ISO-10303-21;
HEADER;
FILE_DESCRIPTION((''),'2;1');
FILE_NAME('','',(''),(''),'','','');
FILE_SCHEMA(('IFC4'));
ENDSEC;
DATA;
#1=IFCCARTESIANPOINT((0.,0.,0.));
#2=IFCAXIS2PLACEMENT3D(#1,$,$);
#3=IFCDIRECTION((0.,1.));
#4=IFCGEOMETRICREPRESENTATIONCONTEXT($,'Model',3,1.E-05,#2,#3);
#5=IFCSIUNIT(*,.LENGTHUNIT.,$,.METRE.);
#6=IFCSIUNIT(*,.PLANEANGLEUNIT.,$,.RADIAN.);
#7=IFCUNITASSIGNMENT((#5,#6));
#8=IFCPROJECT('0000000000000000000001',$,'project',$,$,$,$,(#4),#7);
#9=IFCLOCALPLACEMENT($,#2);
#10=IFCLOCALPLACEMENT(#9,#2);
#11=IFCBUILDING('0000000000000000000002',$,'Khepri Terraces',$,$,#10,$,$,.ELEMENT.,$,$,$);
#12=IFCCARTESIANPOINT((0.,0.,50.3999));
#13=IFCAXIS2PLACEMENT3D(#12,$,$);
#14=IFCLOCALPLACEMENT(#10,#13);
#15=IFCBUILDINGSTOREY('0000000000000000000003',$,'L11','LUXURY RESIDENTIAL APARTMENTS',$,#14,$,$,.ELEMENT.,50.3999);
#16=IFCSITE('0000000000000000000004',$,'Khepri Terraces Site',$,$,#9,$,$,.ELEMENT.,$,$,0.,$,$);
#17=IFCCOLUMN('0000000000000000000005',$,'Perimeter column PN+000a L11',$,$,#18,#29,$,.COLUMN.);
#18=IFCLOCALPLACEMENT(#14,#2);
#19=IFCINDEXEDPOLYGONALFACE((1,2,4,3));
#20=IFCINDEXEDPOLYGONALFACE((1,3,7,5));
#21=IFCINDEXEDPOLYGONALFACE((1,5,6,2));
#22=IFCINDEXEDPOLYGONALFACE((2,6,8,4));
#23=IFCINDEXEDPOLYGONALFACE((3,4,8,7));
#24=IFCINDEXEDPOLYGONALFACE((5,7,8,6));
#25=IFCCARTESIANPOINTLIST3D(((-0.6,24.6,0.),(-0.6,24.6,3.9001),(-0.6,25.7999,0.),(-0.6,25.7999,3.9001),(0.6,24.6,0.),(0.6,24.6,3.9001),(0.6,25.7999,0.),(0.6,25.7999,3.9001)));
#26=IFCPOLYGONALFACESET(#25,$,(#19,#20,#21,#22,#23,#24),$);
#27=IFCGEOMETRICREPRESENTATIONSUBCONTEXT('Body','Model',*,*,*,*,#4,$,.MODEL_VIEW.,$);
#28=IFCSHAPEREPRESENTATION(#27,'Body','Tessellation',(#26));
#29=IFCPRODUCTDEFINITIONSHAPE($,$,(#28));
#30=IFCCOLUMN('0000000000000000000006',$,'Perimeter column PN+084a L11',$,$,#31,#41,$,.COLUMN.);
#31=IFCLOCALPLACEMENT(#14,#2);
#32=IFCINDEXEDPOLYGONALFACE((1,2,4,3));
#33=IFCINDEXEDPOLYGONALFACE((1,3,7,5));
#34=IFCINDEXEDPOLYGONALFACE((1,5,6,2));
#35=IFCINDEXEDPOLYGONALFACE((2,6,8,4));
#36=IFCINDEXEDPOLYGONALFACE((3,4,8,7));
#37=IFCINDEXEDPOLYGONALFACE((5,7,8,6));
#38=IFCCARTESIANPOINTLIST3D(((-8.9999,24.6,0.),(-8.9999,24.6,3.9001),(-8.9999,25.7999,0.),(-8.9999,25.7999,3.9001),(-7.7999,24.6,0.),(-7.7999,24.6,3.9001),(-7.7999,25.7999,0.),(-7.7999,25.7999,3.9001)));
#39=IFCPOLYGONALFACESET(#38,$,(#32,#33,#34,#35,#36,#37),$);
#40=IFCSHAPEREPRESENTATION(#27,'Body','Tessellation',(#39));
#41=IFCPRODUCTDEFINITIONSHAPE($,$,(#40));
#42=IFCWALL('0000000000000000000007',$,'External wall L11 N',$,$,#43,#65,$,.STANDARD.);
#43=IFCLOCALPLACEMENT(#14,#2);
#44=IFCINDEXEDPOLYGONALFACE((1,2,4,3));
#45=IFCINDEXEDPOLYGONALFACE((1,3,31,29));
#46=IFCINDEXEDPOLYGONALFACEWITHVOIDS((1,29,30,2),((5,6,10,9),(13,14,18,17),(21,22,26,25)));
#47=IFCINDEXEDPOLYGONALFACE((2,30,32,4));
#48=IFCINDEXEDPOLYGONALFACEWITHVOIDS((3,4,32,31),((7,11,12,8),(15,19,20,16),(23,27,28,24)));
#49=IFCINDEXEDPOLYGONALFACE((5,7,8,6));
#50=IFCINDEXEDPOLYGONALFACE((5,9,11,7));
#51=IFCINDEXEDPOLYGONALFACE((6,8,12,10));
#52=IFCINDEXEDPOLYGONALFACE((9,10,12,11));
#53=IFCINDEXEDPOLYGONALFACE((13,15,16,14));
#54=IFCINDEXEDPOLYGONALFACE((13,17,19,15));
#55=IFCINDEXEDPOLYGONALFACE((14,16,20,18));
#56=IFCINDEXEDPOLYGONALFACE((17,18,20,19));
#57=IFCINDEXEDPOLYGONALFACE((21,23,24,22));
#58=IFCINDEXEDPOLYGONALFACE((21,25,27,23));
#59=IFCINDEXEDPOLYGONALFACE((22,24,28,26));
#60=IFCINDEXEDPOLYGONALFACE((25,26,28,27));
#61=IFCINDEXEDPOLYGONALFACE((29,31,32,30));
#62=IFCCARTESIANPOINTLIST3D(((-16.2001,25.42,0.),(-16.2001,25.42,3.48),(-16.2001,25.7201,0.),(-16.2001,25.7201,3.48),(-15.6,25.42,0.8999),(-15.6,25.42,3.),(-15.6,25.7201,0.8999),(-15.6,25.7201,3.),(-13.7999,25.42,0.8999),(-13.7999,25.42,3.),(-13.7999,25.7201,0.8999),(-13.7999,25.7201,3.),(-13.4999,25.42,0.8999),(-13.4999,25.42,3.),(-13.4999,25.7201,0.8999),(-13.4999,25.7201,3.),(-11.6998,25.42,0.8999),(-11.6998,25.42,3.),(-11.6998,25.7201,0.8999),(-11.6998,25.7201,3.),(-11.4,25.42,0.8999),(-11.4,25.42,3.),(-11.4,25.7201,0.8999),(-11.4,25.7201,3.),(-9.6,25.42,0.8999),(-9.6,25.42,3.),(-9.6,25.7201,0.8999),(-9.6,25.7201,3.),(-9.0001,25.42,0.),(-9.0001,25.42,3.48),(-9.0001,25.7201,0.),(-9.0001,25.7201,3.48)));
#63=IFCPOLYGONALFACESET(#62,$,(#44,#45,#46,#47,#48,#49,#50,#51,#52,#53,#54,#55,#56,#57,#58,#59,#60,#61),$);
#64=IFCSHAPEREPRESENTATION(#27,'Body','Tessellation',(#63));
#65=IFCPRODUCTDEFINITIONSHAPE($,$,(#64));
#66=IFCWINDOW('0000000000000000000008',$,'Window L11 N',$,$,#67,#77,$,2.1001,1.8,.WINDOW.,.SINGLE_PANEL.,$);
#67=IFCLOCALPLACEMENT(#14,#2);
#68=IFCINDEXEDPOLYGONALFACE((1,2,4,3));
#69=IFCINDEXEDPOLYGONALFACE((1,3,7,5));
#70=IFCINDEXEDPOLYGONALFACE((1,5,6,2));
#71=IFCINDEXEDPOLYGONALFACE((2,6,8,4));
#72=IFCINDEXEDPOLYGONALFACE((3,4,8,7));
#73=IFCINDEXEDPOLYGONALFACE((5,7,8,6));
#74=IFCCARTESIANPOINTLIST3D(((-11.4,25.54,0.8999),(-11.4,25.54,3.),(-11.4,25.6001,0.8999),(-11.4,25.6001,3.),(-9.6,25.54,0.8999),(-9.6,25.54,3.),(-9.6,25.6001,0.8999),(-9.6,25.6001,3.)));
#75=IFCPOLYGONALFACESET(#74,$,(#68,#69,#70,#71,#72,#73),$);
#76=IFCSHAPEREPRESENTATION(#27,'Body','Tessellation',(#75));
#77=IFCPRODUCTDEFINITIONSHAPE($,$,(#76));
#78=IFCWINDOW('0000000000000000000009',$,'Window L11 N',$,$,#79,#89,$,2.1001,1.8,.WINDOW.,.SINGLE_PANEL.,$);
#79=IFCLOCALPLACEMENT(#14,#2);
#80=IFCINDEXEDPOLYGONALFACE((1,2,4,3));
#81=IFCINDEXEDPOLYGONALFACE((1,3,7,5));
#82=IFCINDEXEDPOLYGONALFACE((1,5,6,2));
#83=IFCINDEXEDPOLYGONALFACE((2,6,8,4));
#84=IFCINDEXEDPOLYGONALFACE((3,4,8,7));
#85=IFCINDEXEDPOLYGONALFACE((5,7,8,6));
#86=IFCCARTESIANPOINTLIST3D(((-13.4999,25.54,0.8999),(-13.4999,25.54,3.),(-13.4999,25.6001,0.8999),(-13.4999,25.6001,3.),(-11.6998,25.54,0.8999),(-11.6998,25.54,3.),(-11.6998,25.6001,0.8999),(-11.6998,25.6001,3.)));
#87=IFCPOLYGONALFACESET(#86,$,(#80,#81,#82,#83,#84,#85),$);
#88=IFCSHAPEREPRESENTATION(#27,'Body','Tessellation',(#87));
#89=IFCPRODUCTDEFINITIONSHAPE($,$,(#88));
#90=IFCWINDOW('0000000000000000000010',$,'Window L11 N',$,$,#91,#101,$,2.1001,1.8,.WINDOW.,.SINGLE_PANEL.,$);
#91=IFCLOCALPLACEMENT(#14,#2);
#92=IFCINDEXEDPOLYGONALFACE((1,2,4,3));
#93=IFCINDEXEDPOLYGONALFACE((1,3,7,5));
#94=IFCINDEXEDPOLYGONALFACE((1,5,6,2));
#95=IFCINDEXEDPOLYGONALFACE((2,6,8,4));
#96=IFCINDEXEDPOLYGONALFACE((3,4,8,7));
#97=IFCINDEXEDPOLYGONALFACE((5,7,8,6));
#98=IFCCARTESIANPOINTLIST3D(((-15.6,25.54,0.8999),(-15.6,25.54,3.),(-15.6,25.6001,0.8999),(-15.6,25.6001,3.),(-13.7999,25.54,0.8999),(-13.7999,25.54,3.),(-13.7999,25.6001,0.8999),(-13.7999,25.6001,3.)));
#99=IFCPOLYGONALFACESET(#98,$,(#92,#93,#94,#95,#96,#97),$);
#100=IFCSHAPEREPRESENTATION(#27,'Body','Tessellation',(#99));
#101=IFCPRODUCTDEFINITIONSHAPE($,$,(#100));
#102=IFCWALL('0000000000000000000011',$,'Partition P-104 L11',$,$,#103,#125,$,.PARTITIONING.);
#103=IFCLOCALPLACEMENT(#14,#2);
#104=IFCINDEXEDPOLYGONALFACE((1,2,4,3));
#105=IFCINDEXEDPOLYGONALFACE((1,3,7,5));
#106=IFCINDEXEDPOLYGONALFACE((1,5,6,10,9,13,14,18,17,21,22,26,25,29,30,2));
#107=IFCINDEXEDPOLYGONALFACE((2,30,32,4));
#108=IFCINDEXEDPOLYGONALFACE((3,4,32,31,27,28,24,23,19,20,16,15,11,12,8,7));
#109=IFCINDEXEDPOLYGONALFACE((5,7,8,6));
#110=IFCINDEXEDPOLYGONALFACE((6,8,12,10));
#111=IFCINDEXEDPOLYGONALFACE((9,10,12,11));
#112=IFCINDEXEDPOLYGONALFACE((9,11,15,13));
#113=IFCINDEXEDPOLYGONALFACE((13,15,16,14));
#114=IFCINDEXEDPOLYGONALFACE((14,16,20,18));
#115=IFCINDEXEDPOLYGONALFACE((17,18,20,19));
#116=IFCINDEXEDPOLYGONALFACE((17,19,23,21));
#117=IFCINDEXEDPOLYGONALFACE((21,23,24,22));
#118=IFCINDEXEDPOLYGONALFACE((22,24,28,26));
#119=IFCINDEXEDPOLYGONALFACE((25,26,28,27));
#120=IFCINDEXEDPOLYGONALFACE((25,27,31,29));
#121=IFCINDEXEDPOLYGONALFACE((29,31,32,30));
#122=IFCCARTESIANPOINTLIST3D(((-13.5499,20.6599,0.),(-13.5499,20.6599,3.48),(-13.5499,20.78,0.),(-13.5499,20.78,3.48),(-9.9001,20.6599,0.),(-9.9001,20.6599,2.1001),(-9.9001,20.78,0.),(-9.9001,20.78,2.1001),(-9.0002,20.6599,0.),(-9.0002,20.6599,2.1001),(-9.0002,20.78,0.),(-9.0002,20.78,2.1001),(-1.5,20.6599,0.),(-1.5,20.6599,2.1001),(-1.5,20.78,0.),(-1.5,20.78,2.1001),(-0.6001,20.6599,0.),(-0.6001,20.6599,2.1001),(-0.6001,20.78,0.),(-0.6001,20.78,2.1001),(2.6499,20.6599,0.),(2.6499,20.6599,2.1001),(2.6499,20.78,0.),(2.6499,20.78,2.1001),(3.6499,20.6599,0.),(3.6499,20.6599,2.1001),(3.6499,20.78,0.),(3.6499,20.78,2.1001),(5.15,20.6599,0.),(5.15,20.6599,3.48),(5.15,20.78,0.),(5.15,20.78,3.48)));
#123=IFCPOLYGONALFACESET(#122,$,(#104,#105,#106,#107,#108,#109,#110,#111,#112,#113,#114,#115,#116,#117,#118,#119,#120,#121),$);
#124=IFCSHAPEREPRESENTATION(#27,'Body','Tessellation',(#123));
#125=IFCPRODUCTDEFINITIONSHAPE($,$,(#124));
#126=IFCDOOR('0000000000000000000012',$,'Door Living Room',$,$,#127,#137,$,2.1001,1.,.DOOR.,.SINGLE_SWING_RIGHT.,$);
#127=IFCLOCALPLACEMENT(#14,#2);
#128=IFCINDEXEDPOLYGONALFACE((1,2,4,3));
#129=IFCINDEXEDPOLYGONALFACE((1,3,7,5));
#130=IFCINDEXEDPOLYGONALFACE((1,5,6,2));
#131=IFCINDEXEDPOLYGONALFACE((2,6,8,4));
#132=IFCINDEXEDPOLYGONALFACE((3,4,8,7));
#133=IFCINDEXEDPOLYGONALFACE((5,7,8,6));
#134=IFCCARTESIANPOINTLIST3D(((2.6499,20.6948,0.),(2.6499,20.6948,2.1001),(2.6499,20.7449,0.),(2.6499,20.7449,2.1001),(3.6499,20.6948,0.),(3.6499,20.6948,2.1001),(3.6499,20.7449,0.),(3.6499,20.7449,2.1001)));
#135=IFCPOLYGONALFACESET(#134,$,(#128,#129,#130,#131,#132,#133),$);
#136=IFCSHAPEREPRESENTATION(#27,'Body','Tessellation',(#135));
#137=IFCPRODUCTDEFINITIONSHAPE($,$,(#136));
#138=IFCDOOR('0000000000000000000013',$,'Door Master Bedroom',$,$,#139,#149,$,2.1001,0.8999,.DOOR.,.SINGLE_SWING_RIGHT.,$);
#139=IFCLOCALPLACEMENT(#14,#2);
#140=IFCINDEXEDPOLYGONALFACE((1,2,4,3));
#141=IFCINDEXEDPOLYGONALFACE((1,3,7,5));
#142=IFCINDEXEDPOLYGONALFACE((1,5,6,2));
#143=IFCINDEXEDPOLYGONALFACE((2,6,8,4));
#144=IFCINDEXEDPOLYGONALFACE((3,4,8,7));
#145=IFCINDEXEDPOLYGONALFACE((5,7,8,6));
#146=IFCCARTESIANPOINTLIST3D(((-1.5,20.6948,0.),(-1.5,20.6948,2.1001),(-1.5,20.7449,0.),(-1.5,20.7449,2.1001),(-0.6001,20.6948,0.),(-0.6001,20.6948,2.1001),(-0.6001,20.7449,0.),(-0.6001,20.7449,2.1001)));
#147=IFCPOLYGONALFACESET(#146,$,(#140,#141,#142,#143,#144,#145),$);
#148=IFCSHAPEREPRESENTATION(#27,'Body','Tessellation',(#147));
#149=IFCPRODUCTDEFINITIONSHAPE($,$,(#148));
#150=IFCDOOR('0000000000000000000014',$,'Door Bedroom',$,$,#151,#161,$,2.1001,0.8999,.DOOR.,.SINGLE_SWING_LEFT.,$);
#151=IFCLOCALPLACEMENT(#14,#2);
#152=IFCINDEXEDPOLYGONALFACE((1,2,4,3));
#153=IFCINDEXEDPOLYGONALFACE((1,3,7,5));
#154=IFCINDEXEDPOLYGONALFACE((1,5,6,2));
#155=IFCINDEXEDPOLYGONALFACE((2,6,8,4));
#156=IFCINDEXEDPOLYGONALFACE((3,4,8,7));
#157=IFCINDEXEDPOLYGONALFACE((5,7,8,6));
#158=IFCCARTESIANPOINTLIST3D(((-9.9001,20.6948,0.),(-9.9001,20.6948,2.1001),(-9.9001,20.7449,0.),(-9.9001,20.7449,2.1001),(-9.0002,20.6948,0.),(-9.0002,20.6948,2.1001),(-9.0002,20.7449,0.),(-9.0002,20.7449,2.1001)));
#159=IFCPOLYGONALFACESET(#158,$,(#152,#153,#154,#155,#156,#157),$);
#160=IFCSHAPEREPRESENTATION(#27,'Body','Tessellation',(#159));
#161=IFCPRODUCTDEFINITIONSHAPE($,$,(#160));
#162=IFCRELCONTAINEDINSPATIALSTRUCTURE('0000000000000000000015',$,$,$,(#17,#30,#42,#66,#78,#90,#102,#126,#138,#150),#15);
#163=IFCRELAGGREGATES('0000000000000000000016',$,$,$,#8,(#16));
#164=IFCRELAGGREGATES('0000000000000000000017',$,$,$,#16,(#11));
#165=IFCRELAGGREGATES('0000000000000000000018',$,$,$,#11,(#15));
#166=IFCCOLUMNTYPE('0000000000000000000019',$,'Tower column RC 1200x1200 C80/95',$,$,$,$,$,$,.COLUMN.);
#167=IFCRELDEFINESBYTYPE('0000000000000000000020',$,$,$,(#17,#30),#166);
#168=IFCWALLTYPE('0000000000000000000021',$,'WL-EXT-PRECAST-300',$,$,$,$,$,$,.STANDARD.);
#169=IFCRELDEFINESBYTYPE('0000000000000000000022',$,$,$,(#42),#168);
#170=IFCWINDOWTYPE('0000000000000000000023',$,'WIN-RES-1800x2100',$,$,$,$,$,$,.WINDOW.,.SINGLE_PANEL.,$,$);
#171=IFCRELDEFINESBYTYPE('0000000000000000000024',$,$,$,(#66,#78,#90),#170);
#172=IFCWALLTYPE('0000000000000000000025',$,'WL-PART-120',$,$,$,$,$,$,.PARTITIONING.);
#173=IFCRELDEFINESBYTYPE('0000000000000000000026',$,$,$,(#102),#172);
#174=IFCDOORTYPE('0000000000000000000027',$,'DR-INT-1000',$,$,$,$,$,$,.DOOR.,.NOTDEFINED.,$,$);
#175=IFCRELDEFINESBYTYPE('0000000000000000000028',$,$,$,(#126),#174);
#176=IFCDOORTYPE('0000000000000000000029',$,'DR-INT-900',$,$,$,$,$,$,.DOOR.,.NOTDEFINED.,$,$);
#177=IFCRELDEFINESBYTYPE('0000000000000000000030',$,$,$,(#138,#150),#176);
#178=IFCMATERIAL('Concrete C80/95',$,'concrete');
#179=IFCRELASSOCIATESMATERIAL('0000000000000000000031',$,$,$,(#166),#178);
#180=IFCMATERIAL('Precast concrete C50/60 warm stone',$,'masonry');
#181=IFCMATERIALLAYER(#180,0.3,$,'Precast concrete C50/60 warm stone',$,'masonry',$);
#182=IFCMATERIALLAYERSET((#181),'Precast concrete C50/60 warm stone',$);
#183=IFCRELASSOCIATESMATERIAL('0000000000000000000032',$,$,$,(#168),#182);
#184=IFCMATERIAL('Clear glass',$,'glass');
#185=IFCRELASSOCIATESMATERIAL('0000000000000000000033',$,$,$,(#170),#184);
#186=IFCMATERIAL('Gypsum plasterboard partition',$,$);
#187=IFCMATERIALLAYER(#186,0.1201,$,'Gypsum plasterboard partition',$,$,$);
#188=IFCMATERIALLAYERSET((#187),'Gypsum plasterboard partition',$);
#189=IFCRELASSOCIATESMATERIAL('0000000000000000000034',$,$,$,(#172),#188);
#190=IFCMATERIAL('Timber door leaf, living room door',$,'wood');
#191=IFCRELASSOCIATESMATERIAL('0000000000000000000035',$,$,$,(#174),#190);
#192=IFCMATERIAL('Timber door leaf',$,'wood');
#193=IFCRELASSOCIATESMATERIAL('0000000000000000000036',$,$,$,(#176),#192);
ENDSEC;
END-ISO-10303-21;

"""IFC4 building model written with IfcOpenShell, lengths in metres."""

from ifc_helpers import new_model, si_unit, direction, frame, frame_2d, origin, origin_2d, place, context, subcontext, project, spatial, rectangle, extrude, material, layer, layer_set, material_profile, profile_set, type_object, element, fill, save


model = new_model("IFC4")

# Units and contexts
model_context = context("Model", 3, precision=1e-05, world=origin(), true_north=direction((0.0, 1.0)))
body_context = subcontext(model_context, "Body", "Model", "MODEL_VIEW")
ifc_project = project(units=[si_unit("LENGTHUNIT", "METRE"), si_unit("PLANEANGLEUNIT", "RADIAN")], contexts=[model_context])

# Site, building, storey
site_placement = place(None, origin())
site = spatial("IfcSite", under=ifc_project, at=site_placement, Name="Khepri Terraces Site", CompositionType="ELEMENT", RefElevation=0.0)
building_placement = place(site_placement, origin())
building = spatial("IfcBuilding", under=site, at=building_placement, Name="Khepri Terraces", CompositionType="ELEMENT")
storey_placement = place(building_placement, frame((0.0, 0.0, 50.3999)))
storey = spatial("IfcBuildingStorey", under=building, at=storey_placement, Name="L11", Description="LUXURY RESIDENTIAL APARTMENTS", CompositionType="ELEMENT", Elevation=50.3999)

# Columns
ifc_material_1 = material(Name="Concrete C80/95", Category="concrete")
ifc_material_profile = material_profile(ifc_material_1, rectangle(XDim=1.2, YDim=1.2, at=origin_2d()), Name="Concrete C80/95", Category="concrete")
ifc_profile_set = profile_set([ifc_material_profile], Name="Concrete C80/95")
column_type = type_object("IfcColumnType", Name="Tower column RC 1200x1200 C80/95", PredefinedType="COLUMN", material=ifc_profile_set)
for number, where, z_axis, x_axis, name in (
    (1, (0.0, 25.2, 0.0), (0.0, 0.0, 1.0), (1.0, 0.0, 0.0), "Perimeter column PN+000a L11"),
    (2, (-8.3999, 25.2, 0.0), (0.0, 0.0, 1.0), (1.0, 0.0, 0.0), "Perimeter column PN+084a L11"),
):
    element("IfcColumn", number, at=place(storey_placement, frame(where, z_axis=z_axis, x_axis=x_axis)), inside=storey, type_object=column_type, Name=name, PredefinedType="COLUMN", context=body_context, shape_type="SweptSolid", body=[
        extrude(rectangle(XDim=1.2, YDim=1.2, at=origin_2d()), origin(), (0.0, 0.0, 1.0), 3.9001),
    ])

# Shared definitions
ifc_material_2 = material(Name="Precast concrete C50/60 warm stone", Category="masonry")
ifc_layer_1 = layer(ifc_material_2, 0.3, Name="Precast concrete C50/60 warm stone", Category="masonry")
ifc_layer_set_1 = layer_set([ifc_layer_1], Name="Precast concrete C50/60 warm stone")
wall_type_1 = type_object("IfcWallType", Name="WL-EXT-PRECAST-300", PredefinedType="STANDARD", material=ifc_layer_set_1)
ifc_material_3 = material(Name="Clear glass", Category="glass")
window_type = type_object("IfcWindowType", Name="WIN-RES-1800x2100", PartitioningType="SINGLE_PANEL", PredefinedType="WINDOW", material=ifc_material_3)

# Wall, openings, windows
wall_1_placement = place(storey_placement, frame((-9.0, 25.5701, 0.0), z_axis=(0.0, 0.0, 1.0), x_axis=(-1.0, 0.0, 0.0)))
wall_1 = element("IfcWall", 3, at=wall_1_placement, inside=storey, type_object=wall_type_1, Name="External wall L11 N", PredefinedType="STANDARD", context=body_context, shape_type="SweptSolid", body=[
    extrude(rectangle(XDim=7.2, YDim=0.3, at=frame_2d((3.6001, 0.0))), origin(), (0.0, 0.0, 1.0), 3.48),
])
opening_1_placement = place(wall_1_placement, frame((0.6001, 0.0, 0.8999)))
opening_1 = element("IfcOpeningElement", 4, at=opening_1_placement, cuts=wall_1, PredefinedType="OPENING", context=body_context, shape_type="SweptSolid", body=[
    extrude(rectangle(XDim=1.8, YDim=2.1001, at=frame_2d((0.8999, 1.05))), frame((0.0, 0.1602, 0.0), z_axis=(0.0, -1.0, 0.0), x_axis=(1.0, 0.0, 0.0)), (0.0, 0.0, 1.0), 0.3201),
])
opening_2_placement = place(wall_1_placement, frame((2.7, 0.0, 0.8999)))
opening_2 = element("IfcOpeningElement", 5, at=opening_2_placement, cuts=wall_1, PredefinedType="OPENING", context=body_context, shape_type="SweptSolid", body=[
    extrude(rectangle(XDim=1.8, YDim=2.1001, at=frame_2d((0.8999, 1.05))), frame((0.0, 0.1602, 0.0), z_axis=(0.0, -1.0, 0.0), x_axis=(1.0, 0.0, 0.0)), (0.0, 0.0, 1.0), 0.3201),
])
opening_3_placement = place(wall_1_placement, frame((4.8, 0.0, 0.8999)))
opening_3 = element("IfcOpeningElement", 6, at=opening_3_placement, cuts=wall_1, PredefinedType="OPENING", context=body_context, shape_type="SweptSolid", body=[
    extrude(rectangle(XDim=1.8, YDim=2.1001, at=frame_2d((0.8999, 1.05))), frame((0.0, 0.1602, 0.0), z_axis=(0.0, -1.0, 0.0), x_axis=(1.0, 0.0, 0.0)), (0.0, 0.0, 1.0), 0.3201),
])
window_1_placement = place(opening_1_placement, origin())
window_1 = element("IfcWindow", 7, at=window_1_placement, inside=storey, type_object=window_type, Name="Window L11 N", OverallHeight=2.1001, OverallWidth=1.8, PartitioningType="SINGLE_PANEL", PredefinedType="WINDOW", context=body_context, shape_type="SweptSolid", body=[
    extrude(rectangle(XDim=1.8, YDim=2.1001, at=frame_2d((0.8999, 1.05))), frame((0.0, 0.03, 0.0), z_axis=(0.0, -1.0, 0.0), x_axis=(1.0, 0.0, 0.0)), (0.0, 0.0, 1.0), 0.0601),
])
fill(opening_1, window_1)
window_2_placement = place(opening_2_placement, origin())
window_2 = element("IfcWindow", 8, at=window_2_placement, inside=storey, type_object=window_type, Name="Window L11 N", OverallHeight=2.1001, OverallWidth=1.8, PartitioningType="SINGLE_PANEL", PredefinedType="WINDOW", context=body_context, shape_type="SweptSolid", body=[
    extrude(rectangle(XDim=1.8, YDim=2.1001, at=frame_2d((0.8999, 1.05))), frame((0.0, 0.03, 0.0), z_axis=(0.0, -1.0, 0.0), x_axis=(1.0, 0.0, 0.0)), (0.0, 0.0, 1.0), 0.0601),
])
fill(opening_2, window_2)
window_3_placement = place(opening_3_placement, origin())
window_3 = element("IfcWindow", 9, at=window_3_placement, inside=storey, type_object=window_type, Name="Window L11 N", OverallHeight=2.1001, OverallWidth=1.8, PartitioningType="SINGLE_PANEL", PredefinedType="WINDOW", context=body_context, shape_type="SweptSolid", body=[
    extrude(rectangle(XDim=1.8, YDim=2.1001, at=frame_2d((0.8999, 1.05))), frame((0.0, 0.03, 0.0), z_axis=(0.0, -1.0, 0.0), x_axis=(1.0, 0.0, 0.0)), (0.0, 0.0, 1.0), 0.0601),
])
fill(opening_3, window_3)

# Wall, openings, doors
ifc_material_4 = material(Name="Gypsum plasterboard partition")
ifc_layer_2 = layer(ifc_material_4, 0.1201, Name="Gypsum plasterboard partition")
ifc_layer_set_2 = layer_set([ifc_layer_2], Name="Gypsum plasterboard partition")
wall_type_2 = type_object("IfcWallType", Name="WL-PART-120", PredefinedType="PARTITIONING", material=ifc_layer_set_2)
wall_2_placement = place(storey_placement, frame((-13.55, 20.72, 0.0), z_axis=(0.0, 0.0, 1.0), x_axis=(1.0, 0.0, 0.0)))
wall_2 = element("IfcWall", 10, at=wall_2_placement, inside=storey, type_object=wall_type_2, Name="Partition P-104 L11", PredefinedType="PARTITIONING", context=body_context, shape_type="SweptSolid", body=[
    extrude(rectangle(XDim=18.7, YDim=0.1201, at=frame_2d((9.3501, 0.0))), origin(), (0.0, 0.0, 1.0), 3.48),
])
opening_4_placement = place(wall_2_placement, frame((16.2, 0.0, 0.0)))
opening_4 = element("IfcOpeningElement", 11, at=opening_4_placement, cuts=wall_2, PredefinedType="OPENING", context=body_context, shape_type="SweptSolid", body=[
    extrude(rectangle(XDim=1.0, YDim=2.1001, at=frame_2d((0.5, 1.05))), frame((0.0, 0.0701, 0.0), z_axis=(0.0, -1.0, 0.0), x_axis=(1.0, 0.0, 0.0)), (0.0, 0.0, 1.0), 0.1401),
])
opening_5_placement = place(wall_2_placement, frame((12.05, 0.0, 0.0)))
opening_5 = element("IfcOpeningElement", 12, at=opening_5_placement, cuts=wall_2, PredefinedType="OPENING", context=body_context, shape_type="SweptSolid", body=[
    extrude(rectangle(XDim=0.8999, YDim=2.1001, at=frame_2d((0.45, 1.05))), frame((0.0, 0.0701, 0.0), z_axis=(0.0, -1.0, 0.0), x_axis=(1.0, 0.0, 0.0)), (0.0, 0.0, 1.0), 0.1401),
])
opening_6_placement = place(wall_2_placement, frame((3.6499, 0.0, 0.0)))
opening_6 = element("IfcOpeningElement", 13, at=opening_6_placement, cuts=wall_2, PredefinedType="OPENING", context=body_context, shape_type="SweptSolid", body=[
    extrude(rectangle(XDim=0.8999, YDim=2.1001, at=frame_2d((0.45, 1.05))), frame((0.0, 0.0701, 0.0), z_axis=(0.0, -1.0, 0.0), x_axis=(1.0, 0.0, 0.0)), (0.0, 0.0, 1.0), 0.1401),
])
ifc_material_5 = material(Name="Timber door leaf, living room door", Category="wood")
door_type_1 = type_object("IfcDoorType", Name="DR-INT-1000", OperationType="NOTDEFINED", PredefinedType="DOOR", material=ifc_material_5)
door_1_placement = place(opening_4_placement, origin())
door_1 = element("IfcDoor", 14, at=door_1_placement, inside=storey, type_object=door_type_1, Name="Door Living Room", OperationType="SINGLE_SWING_RIGHT", OverallHeight=2.1001, OverallWidth=1.0, PredefinedType="DOOR", context=body_context, shape_type="SweptSolid", body=[
    extrude(rectangle(XDim=1.0, YDim=2.1001, at=frame_2d((0.5, 1.05))), frame((0.0, 0.0249, 0.0), z_axis=(0.0, -1.0, 0.0), x_axis=(1.0, 0.0, 0.0)), (0.0, 0.0, 1.0), 0.05),
])
fill(opening_4, door_1)
ifc_material_6 = material(Name="Timber door leaf", Category="wood")
door_type_2 = type_object("IfcDoorType", Name="DR-INT-900", OperationType="NOTDEFINED", PredefinedType="DOOR", material=ifc_material_6)
door_2_placement = place(opening_5_placement, origin())
door_2 = element("IfcDoor", 15, at=door_2_placement, inside=storey, type_object=door_type_2, Name="Door Master Bedroom", OperationType="SINGLE_SWING_RIGHT", OverallHeight=2.1001, OverallWidth=0.8999, PredefinedType="DOOR", context=body_context, shape_type="SweptSolid", body=[
    extrude(rectangle(XDim=0.8999, YDim=2.1001, at=frame_2d((0.45, 1.05))), frame((0.0, 0.0249, 0.0), z_axis=(0.0, -1.0, 0.0), x_axis=(1.0, 0.0, 0.0)), (0.0, 0.0, 1.0), 0.05),
])
fill(opening_5, door_2)
door_3_placement = place(opening_6_placement, origin())
door_3 = element("IfcDoor", 16, at=door_3_placement, inside=storey, type_object=door_type_2, Name="Door Bedroom", OperationType="SINGLE_SWING_LEFT", OverallHeight=2.1001, OverallWidth=0.8999, PredefinedType="DOOR", context=body_context, shape_type="SweptSolid", body=[
    extrude(rectangle(XDim=0.8999, YDim=2.1001, at=frame_2d((0.45, 1.05))), frame((0.0, 0.0249, 0.0), z_axis=(0.0, -1.0, 0.0), x_axis=(1.0, 0.0, 0.0)), (0.0, 0.0, 1.0), 0.05),
])
fill(opening_6, door_3)

save(model, "model.ifc")
